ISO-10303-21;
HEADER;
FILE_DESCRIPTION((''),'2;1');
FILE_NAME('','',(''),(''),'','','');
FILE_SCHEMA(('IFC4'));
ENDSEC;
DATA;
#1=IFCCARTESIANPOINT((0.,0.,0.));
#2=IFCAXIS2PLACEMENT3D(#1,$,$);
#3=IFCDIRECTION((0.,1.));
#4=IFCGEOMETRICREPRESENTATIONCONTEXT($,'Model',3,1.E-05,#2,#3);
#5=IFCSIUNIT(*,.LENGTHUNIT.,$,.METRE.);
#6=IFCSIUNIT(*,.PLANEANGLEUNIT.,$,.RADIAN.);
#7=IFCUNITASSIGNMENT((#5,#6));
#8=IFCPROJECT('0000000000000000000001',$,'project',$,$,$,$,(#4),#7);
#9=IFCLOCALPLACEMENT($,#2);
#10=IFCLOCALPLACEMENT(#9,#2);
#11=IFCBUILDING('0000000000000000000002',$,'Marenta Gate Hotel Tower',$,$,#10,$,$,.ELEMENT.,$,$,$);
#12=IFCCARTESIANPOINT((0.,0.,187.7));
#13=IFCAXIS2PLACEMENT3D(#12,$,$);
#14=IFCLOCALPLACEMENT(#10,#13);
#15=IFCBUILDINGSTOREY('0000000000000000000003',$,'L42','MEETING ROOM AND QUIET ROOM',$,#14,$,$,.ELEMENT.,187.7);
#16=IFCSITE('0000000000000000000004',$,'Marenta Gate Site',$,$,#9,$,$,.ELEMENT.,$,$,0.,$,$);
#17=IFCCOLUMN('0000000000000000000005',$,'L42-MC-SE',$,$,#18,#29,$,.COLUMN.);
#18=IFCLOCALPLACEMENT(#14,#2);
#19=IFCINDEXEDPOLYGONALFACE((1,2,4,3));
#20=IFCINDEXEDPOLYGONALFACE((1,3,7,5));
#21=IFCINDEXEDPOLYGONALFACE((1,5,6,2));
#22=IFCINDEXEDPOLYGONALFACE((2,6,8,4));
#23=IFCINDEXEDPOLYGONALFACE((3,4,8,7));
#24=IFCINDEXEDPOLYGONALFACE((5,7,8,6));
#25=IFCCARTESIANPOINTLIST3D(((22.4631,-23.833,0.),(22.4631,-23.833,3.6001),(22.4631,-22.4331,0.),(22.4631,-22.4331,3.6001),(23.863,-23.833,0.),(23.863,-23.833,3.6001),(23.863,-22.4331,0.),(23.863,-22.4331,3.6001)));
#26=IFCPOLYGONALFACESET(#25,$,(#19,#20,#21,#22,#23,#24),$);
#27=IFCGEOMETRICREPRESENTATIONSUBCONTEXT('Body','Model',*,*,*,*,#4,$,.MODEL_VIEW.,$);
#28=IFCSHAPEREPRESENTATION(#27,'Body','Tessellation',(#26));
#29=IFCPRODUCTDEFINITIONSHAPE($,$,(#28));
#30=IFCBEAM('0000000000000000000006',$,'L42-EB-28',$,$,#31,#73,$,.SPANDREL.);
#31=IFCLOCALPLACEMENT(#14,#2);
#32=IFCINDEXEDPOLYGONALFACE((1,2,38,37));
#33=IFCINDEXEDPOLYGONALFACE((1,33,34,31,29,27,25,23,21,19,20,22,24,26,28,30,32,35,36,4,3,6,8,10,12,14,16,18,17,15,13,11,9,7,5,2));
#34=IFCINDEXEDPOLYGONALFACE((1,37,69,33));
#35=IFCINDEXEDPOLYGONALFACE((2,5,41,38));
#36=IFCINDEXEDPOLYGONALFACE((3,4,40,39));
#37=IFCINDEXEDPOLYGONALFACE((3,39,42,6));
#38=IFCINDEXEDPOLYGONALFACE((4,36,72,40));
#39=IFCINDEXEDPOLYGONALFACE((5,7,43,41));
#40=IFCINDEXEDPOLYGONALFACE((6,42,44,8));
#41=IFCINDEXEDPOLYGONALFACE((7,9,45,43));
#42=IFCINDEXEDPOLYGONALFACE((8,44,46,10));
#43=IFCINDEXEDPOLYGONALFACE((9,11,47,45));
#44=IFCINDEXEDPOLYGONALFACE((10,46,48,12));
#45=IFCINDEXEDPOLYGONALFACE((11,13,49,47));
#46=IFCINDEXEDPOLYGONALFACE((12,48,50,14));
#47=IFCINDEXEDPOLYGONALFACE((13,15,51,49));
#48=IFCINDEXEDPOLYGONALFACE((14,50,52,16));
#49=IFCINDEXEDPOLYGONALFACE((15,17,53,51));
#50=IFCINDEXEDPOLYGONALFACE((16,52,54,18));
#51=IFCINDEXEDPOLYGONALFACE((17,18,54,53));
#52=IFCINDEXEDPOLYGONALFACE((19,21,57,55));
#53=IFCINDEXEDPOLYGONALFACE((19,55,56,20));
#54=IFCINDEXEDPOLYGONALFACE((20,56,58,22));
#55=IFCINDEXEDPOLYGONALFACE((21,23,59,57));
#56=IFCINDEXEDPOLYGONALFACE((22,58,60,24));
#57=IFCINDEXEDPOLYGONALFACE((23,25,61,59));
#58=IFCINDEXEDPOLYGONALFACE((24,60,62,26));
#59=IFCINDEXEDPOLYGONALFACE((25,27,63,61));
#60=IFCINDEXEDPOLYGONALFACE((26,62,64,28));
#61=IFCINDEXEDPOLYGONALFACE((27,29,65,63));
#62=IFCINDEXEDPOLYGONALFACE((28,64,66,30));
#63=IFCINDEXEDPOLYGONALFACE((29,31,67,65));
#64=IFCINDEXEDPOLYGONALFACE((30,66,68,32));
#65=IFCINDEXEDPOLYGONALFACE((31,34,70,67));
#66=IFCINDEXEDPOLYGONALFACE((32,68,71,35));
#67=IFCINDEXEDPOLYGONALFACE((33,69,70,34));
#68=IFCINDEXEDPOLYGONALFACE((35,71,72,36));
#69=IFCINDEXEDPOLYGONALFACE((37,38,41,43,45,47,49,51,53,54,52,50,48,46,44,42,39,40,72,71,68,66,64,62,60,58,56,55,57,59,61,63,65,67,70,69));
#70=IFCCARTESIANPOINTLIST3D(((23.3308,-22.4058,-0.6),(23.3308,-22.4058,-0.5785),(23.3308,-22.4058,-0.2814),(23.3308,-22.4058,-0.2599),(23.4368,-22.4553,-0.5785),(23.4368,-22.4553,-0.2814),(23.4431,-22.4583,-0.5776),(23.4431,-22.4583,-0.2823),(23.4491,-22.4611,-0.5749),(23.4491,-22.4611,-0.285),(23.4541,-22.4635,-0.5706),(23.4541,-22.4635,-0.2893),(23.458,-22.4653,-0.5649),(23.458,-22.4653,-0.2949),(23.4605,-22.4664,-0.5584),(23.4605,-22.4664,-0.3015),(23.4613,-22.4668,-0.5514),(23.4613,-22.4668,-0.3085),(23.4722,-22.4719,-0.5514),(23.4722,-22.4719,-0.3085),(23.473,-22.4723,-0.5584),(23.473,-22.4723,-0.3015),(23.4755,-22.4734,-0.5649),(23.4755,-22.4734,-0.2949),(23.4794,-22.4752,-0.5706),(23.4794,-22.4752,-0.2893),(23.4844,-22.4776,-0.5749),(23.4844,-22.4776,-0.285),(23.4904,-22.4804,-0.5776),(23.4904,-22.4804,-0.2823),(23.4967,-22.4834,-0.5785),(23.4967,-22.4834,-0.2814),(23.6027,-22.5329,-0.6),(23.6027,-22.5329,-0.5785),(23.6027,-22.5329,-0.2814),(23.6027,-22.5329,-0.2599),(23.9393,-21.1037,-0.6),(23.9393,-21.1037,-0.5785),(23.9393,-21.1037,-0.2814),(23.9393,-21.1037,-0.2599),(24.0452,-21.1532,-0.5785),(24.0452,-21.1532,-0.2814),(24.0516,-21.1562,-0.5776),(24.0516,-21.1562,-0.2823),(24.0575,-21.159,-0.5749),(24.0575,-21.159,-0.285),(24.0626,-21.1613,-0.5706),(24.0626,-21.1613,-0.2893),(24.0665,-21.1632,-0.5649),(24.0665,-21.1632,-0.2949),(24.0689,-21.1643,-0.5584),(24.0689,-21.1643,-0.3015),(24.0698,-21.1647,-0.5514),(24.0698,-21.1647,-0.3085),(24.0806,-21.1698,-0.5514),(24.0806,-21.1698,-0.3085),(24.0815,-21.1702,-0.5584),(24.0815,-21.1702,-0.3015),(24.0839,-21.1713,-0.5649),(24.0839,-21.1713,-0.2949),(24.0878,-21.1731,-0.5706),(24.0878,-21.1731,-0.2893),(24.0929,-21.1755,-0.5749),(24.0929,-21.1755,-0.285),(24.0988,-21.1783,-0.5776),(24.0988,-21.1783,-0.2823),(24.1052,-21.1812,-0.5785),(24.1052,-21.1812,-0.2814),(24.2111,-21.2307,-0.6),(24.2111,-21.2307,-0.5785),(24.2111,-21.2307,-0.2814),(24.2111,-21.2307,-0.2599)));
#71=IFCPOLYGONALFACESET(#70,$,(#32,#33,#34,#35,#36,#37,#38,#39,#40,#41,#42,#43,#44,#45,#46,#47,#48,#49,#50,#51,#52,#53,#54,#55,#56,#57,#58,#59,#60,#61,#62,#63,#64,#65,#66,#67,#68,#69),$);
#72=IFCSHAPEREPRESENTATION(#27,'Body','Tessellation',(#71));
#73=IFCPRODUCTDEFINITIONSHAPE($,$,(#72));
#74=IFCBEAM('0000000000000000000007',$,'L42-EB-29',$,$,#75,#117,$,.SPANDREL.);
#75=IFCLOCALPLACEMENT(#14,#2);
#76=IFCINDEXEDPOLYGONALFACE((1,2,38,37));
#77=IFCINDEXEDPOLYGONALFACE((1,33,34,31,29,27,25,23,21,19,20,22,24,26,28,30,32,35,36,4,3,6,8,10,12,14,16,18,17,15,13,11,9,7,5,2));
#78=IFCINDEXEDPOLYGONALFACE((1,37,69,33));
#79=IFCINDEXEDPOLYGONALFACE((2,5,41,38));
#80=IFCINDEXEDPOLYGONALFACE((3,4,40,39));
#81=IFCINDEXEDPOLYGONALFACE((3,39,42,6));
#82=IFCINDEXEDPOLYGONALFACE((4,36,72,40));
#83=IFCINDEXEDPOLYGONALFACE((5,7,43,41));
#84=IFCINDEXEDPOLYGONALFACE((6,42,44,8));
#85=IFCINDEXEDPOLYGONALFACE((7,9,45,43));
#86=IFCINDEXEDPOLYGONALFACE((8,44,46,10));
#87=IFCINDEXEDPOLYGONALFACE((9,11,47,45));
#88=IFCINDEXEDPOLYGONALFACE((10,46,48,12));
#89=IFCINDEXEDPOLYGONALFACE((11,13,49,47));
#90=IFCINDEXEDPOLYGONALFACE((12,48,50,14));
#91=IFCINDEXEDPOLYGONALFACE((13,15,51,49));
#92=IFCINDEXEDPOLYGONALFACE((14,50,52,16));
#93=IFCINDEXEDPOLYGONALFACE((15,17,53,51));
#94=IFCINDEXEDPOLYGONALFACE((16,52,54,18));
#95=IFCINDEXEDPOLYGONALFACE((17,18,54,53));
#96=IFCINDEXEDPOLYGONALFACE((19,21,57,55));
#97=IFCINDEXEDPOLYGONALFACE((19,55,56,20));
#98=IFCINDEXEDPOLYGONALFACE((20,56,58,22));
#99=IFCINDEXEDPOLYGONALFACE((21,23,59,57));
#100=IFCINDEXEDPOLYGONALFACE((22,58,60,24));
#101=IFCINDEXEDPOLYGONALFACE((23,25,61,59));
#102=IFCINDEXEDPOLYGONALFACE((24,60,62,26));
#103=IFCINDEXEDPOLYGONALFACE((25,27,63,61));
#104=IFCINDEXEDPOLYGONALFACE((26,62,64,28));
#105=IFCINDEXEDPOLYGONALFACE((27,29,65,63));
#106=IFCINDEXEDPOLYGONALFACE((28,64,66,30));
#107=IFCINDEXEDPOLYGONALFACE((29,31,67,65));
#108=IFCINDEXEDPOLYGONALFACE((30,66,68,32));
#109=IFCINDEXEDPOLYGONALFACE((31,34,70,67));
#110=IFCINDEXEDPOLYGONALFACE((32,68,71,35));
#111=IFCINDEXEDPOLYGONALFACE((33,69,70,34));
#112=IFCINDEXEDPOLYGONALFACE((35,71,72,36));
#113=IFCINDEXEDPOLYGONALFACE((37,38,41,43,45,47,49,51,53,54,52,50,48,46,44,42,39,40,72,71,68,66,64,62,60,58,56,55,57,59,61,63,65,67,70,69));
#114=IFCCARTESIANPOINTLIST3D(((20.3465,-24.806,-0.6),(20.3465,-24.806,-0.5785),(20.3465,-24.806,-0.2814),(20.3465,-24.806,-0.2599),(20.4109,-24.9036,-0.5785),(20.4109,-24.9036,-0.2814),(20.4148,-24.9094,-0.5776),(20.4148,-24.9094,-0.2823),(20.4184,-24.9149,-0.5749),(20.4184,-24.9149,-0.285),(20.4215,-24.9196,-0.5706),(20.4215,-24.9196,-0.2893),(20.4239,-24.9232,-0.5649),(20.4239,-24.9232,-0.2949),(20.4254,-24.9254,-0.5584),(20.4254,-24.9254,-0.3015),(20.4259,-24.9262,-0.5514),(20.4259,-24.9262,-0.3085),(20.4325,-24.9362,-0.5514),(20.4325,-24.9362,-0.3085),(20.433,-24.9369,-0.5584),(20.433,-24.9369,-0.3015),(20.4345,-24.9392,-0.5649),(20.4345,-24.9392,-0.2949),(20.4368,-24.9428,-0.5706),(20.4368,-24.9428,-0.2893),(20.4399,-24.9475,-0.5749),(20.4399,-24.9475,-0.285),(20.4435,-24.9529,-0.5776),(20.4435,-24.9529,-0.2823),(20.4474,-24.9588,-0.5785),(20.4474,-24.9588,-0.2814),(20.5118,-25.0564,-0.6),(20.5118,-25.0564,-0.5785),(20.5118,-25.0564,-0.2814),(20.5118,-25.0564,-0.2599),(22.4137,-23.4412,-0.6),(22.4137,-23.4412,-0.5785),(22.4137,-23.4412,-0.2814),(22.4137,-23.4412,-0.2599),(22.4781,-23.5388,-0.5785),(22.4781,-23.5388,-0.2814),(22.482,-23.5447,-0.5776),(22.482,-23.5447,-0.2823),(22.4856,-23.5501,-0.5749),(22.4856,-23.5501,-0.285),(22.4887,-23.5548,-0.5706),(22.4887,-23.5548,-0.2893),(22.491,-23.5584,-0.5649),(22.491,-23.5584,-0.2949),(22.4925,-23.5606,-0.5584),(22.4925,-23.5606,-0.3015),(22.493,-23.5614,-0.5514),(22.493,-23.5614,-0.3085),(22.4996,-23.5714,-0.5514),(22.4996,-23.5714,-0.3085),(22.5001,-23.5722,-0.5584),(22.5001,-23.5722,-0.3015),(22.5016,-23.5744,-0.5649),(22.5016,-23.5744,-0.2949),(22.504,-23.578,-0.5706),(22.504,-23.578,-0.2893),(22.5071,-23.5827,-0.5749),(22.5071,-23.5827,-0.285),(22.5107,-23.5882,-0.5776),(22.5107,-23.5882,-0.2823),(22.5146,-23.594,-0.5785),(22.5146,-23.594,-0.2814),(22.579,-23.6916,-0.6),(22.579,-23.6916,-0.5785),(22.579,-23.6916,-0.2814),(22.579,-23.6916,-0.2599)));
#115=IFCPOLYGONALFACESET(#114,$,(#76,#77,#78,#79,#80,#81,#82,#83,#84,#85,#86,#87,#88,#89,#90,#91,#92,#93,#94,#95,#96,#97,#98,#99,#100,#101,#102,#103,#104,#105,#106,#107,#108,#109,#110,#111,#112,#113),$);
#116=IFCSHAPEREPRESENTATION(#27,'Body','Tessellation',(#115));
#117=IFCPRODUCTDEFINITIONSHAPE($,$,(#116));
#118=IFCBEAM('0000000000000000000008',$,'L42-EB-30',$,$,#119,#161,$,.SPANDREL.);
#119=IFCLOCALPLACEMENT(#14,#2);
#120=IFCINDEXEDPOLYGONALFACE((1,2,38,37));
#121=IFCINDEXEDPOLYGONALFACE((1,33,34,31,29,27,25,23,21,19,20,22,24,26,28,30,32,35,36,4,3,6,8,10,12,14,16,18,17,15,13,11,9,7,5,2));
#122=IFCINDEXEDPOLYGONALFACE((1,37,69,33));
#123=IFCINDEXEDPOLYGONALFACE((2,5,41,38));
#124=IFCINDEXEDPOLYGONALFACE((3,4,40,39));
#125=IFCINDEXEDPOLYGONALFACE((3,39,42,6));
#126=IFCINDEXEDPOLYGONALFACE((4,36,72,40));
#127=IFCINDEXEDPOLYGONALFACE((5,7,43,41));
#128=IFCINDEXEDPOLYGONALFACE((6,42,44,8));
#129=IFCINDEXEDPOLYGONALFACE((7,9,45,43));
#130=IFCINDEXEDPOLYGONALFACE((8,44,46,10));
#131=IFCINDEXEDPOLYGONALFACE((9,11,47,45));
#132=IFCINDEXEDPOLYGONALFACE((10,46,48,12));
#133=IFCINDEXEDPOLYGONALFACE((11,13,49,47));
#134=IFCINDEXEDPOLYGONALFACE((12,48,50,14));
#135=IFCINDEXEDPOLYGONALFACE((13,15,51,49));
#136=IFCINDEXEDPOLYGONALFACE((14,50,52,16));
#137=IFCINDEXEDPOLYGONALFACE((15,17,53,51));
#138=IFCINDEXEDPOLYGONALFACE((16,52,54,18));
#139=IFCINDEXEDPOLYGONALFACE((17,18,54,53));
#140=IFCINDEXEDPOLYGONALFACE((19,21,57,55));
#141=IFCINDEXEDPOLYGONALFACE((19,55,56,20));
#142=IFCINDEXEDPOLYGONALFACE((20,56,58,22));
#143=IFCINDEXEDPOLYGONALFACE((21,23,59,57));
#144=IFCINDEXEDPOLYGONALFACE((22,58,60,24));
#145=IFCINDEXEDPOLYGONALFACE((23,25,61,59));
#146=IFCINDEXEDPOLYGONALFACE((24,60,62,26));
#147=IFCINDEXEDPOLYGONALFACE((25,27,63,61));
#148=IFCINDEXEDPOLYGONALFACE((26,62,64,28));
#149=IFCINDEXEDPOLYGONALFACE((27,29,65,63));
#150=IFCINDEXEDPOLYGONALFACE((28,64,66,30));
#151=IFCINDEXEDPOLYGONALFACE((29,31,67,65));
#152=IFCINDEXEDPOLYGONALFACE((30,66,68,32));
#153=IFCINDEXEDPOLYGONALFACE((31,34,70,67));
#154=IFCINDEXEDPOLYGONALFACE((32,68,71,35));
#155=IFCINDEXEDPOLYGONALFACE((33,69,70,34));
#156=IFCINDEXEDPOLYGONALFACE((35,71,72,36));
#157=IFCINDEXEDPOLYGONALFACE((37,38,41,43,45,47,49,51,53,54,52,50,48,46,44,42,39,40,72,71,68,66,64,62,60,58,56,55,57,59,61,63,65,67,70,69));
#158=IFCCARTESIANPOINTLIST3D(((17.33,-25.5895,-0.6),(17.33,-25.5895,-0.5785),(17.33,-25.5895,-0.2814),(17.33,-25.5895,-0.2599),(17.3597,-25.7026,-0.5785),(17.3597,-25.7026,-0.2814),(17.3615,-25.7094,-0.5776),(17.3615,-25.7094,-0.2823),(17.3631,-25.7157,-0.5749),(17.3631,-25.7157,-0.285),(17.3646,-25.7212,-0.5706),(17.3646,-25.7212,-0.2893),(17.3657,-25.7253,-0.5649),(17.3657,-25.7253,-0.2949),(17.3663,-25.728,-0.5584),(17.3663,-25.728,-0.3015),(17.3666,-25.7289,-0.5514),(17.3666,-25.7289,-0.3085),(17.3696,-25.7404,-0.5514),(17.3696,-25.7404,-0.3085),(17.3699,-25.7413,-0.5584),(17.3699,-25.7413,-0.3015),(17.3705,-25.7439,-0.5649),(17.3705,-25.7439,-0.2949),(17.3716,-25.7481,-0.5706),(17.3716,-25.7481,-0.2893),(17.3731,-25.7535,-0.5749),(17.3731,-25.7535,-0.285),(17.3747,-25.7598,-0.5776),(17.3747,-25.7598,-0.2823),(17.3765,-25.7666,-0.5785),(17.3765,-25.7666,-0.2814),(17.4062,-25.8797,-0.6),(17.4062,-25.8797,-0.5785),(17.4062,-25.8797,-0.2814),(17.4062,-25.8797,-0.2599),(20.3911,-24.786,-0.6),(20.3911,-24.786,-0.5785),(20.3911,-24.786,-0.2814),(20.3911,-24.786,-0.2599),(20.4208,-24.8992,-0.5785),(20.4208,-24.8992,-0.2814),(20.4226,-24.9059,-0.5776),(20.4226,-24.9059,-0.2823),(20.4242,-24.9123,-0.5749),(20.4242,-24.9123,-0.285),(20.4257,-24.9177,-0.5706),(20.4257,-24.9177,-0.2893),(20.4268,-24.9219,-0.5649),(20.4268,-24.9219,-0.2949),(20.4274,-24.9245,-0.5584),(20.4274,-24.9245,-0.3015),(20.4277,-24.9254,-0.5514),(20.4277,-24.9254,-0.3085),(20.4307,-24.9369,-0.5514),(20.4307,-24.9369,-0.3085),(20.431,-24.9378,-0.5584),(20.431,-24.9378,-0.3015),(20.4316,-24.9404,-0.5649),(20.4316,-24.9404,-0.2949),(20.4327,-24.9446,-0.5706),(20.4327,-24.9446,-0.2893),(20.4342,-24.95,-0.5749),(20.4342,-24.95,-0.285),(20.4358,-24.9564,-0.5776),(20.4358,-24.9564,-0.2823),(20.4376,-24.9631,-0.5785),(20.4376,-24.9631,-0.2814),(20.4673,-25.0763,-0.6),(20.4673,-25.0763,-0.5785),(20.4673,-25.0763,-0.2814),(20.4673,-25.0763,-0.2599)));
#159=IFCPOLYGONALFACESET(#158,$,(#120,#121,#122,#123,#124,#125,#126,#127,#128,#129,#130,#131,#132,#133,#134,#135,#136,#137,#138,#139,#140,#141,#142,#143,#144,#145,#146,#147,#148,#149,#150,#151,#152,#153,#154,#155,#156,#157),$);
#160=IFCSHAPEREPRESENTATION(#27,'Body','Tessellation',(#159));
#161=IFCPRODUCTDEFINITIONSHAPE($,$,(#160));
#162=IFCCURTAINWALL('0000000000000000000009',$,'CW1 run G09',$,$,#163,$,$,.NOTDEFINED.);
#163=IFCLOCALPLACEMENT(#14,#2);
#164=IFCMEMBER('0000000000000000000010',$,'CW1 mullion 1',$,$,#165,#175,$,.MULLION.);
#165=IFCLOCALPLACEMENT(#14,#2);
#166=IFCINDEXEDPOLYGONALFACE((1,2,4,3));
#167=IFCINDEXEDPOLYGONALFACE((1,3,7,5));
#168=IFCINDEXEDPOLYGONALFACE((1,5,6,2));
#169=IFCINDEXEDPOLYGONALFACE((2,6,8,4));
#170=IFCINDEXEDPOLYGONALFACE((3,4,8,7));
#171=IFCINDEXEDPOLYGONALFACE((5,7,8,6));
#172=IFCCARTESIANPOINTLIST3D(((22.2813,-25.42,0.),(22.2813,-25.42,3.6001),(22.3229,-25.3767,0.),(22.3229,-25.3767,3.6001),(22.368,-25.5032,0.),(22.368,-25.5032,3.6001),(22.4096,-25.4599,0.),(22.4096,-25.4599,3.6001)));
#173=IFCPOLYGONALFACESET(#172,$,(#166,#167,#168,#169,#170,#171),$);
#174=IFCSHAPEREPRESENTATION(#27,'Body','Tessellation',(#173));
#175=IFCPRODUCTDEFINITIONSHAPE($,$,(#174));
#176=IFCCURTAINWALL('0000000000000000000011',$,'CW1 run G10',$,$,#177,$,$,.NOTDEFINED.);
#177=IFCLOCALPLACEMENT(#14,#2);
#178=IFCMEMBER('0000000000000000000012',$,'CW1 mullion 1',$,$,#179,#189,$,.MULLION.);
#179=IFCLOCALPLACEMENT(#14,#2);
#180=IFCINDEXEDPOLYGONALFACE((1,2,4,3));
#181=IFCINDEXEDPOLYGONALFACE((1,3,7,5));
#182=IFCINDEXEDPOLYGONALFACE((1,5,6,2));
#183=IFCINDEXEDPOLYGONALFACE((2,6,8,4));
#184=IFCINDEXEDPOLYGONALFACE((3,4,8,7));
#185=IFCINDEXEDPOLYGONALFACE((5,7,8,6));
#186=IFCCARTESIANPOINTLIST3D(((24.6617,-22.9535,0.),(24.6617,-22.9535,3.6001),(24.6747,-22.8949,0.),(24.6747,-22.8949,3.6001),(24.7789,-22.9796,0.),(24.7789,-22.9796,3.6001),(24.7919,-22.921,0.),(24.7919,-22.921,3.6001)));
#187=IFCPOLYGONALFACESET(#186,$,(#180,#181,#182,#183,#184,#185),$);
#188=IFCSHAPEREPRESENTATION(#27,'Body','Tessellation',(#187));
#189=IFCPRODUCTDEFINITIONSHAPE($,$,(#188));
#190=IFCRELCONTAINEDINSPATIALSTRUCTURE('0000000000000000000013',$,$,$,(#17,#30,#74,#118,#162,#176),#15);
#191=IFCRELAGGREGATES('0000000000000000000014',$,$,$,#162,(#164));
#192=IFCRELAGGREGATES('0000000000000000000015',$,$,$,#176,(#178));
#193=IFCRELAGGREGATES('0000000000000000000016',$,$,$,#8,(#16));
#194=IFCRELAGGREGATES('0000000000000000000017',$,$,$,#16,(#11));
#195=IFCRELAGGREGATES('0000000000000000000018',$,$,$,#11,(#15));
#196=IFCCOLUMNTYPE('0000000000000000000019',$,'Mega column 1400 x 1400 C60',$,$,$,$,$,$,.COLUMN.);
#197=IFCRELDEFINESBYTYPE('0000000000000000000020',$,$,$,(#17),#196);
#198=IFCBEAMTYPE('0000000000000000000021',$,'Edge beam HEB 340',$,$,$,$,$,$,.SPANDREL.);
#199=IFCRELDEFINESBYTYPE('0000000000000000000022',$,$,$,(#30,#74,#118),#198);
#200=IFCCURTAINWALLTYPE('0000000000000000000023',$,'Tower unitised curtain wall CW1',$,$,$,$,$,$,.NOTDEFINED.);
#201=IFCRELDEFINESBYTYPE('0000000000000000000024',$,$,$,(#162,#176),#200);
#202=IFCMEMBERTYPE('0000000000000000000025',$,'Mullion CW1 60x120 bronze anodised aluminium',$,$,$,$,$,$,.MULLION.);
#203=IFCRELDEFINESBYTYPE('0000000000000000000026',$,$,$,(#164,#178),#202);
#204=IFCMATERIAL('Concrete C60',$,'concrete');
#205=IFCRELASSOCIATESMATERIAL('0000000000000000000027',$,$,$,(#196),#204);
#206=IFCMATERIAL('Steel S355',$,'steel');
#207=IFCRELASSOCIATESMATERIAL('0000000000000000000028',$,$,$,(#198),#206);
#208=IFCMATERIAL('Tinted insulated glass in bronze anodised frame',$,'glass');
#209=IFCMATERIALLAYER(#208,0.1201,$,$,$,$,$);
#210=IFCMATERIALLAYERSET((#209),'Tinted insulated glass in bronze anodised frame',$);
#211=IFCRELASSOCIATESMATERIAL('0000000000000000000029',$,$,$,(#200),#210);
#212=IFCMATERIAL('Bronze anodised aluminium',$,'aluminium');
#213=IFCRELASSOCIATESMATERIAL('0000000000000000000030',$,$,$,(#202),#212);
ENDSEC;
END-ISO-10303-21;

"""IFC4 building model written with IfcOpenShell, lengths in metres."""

from ifc_helpers import new_model, si_unit, direction, frame, origin, origin_2d, place, context, subcontext, project, spatial, rectangle, i_section, extrude, material, layer, layer_set, material_profile, profile_set, type_object, element, aggregate, save


model = new_model("IFC4")

# Units and contexts
model_context = context("Model", 3, precision=1e-05, world=origin(), true_north=direction((0.0, 1.0)))
body_context = subcontext(model_context, "Body", "Model", "MODEL_VIEW")
ifc_project = project(units=[si_unit("LENGTHUNIT", "METRE"), si_unit("PLANEANGLEUNIT", "RADIAN")], contexts=[model_context])

# Site, building, storey
site_placement = place(None, origin())
site = spatial("IfcSite", under=ifc_project, at=site_placement, Name="Marenta Gate Site", CompositionType="ELEMENT", RefElevation=0.0)
building_placement = place(site_placement, origin())
building = spatial("IfcBuilding", under=site, at=building_placement, Name="Marenta Gate Hotel Tower", CompositionType="ELEMENT")
storey_placement = place(building_placement, frame((0.0, 0.0, 187.7)))
storey = spatial("IfcBuildingStorey", under=building, at=storey_placement, Name="L42", Description="MEETING ROOM AND QUIET ROOM", CompositionType="ELEMENT", Elevation=187.7)

# Column
ifc_material_1 = material(Name="Concrete C60", Category="concrete")
ifc_material_profile_1 = material_profile(ifc_material_1, rectangle(XDim=1.3999, YDim=1.3999, at=origin_2d()), Name="1400 x 1400")
ifc_profile_set_1 = profile_set([ifc_material_profile_1], Name="Concrete C60")
column_type = type_object("IfcColumnType", Name="Mega column 1400 x 1400 C60", PredefinedType="COLUMN", material=ifc_profile_set_1)
column_placement = place(storey_placement, frame((23.1631, -23.1331, 0.0), z_axis=(0.0, 0.0, 1.0), x_axis=(1.0, 0.0, 0.0)))
element("IfcColumn", 1, at=column_placement, inside=storey, type_object=column_type, Name="L42-MC-SE", PredefinedType="COLUMN", context=body_context, shape_type="SweptSolid", body=[
    extrude(rectangle(XDim=1.3999, YDim=1.3999, at=origin_2d()), origin(), (0.0, 0.0, 1.0), 3.6001),
])

# Beams
ifc_material_2 = material(Name="Steel S355", Category="steel")
ifc_material_profile_2 = material_profile(ifc_material_2, i_section(OverallWidth=0.3, OverallDepth=0.3401, WebThickness=0.012, FlangeThickness=0.0215, FilletRadius=0.0271, at=origin_2d()), Name="HEB 340")
ifc_profile_set_2 = profile_set([ifc_material_profile_2], Name="Steel S355")
beam_type = type_object("IfcBeamType", Name="Edge beam HEB 340", PredefinedType="SPANDREL", material=ifc_profile_set_2)
beam_1_placement = place(storey_placement, frame((24.0752, -21.1672, -0.4299), z_axis=(-0.423341, -0.90597, 0.0), x_axis=(0.90597, -0.423341, 0.0)))
element("IfcBeam", 2, at=beam_1_placement, inside=storey, type_object=beam_type, Name="L42-EB-28", PredefinedType="SPANDREL", context=body_context, shape_type="SweptSolid", body=[
    extrude(i_section(OverallWidth=0.3, OverallDepth=0.3401, WebThickness=0.012, FlangeThickness=0.0215, FilletRadius=0.0271, at=origin_2d()), origin(), (0.0, 0.0, 1.0), 1.4373),
])
beam_2_placement = place(storey_placement, frame((22.4963, -23.5664, -0.4299), z_axis=(-0.834529, -0.550964, 0.0), x_axis=(0.550964, -0.834529, 0.0)))
element("IfcBeam", 3, at=beam_2_placement, inside=storey, type_object=beam_type, Name="L42-EB-29", PredefinedType="SPANDREL", context=body_context, shape_type="SweptSolid", body=[
    extrude(i_section(OverallWidth=0.3, OverallDepth=0.3401, WebThickness=0.012, FlangeThickness=0.0215, FilletRadius=0.0271, at=origin_2d()), origin(), (0.0, 0.0, 1.0), 2.4771),
])
beam_3_placement = place(storey_placement, frame((20.4292, -24.9312, -0.4299), z_axis=(-0.967235, -0.253882, 0.0), x_axis=(0.253882, -0.967235, 0.0)))
element("IfcBeam", 4, at=beam_3_placement, inside=storey, type_object=beam_type, Name="L42-EB-30", PredefinedType="SPANDREL", context=body_context, shape_type="SweptSolid", body=[
    extrude(i_section(OverallWidth=0.3, OverallDepth=0.3401, WebThickness=0.012, FlangeThickness=0.0215, FilletRadius=0.0271, at=origin_2d()), origin(), (0.0, 0.0, 1.0), 3.1648),
])

# Curtain walls, members
ifc_material_3 = material(Name="Tinted insulated glass in bronze anodised frame", Category="glass")
ifc_layer_1 = layer(ifc_material_3, 0.1201)
ifc_layer_set_1 = layer_set([ifc_layer_1], Name="Tinted insulated glass in bronze anodised frame")
curtain_wall_type = type_object("IfcCurtainWallType", Name="Tower unitised curtain wall CW1", PredefinedType="NOTDEFINED", material=ifc_layer_set_1)
curtain_wall_1_placement = place(storey_placement, origin())
curtain_wall_1 = element("IfcCurtainWall", 5, at=curtain_wall_1_placement, inside=storey, type_object=curtain_wall_type, Name="CW1 run G09", PredefinedType="NOTDEFINED")
ifc_material_4 = material(Name="Bronze anodised aluminium", Category="aluminium")
ifc_material_profile_3 = material_profile(ifc_material_4, rectangle(XDim=0.1201, YDim=0.0601, at=origin_2d()), Name="Mullion CW1 60x120 bronze anodised aluminium")
ifc_profile_set_3 = profile_set([ifc_material_profile_3], Name="Bronze anodised aluminium")
member_type_1 = type_object("IfcMemberType", Name="Mullion CW1 60x120 bronze anodised aluminium", PredefinedType="MULLION", material=ifc_profile_set_3)
member_1_placement = place(storey_placement, frame((22.3455, -25.4399, 0.0), z_axis=(0.0, 0.0, 1.0), x_axis=(-0.721372, 0.692548, 0.0)))
member_1 = element("IfcMember", 6, at=member_1_placement, type_object=member_type_1, Name="CW1 mullion 1", PredefinedType="MULLION", context=body_context, shape_type="SweptSolid", body=[
    extrude(rectangle(XDim=0.1201, YDim=0.0601, at=origin_2d()), origin(), (0.0, 0.0, 1.0), 3.6001),
])
curtain_wall_2_placement = place(storey_placement, origin())
curtain_wall_2 = element("IfcCurtainWall", 7, at=curtain_wall_2_placement, inside=storey, type_object=curtain_wall_type, Name="CW1 run G10", PredefinedType="NOTDEFINED")
member_2_placement = place(storey_placement, frame((24.7268, -22.9373, 0.0), z_axis=(0.0, 0.0, 1.0), x_axis=(-0.976207, 0.216842, 0.0)))
member_2 = element("IfcMember", 8, at=member_2_placement, type_object=member_type_1, Name="CW1 mullion 1", PredefinedType="MULLION", context=body_context, shape_type="SweptSolid", body=[
    extrude(rectangle(XDim=0.1201, YDim=0.0601, at=origin_2d()), origin(), (0.0, 0.0, 1.0), 3.6001),
])

aggregate(curtain_wall_1, [member_1])
aggregate(curtain_wall_2, [member_2])

save(model, "model.ifc")
